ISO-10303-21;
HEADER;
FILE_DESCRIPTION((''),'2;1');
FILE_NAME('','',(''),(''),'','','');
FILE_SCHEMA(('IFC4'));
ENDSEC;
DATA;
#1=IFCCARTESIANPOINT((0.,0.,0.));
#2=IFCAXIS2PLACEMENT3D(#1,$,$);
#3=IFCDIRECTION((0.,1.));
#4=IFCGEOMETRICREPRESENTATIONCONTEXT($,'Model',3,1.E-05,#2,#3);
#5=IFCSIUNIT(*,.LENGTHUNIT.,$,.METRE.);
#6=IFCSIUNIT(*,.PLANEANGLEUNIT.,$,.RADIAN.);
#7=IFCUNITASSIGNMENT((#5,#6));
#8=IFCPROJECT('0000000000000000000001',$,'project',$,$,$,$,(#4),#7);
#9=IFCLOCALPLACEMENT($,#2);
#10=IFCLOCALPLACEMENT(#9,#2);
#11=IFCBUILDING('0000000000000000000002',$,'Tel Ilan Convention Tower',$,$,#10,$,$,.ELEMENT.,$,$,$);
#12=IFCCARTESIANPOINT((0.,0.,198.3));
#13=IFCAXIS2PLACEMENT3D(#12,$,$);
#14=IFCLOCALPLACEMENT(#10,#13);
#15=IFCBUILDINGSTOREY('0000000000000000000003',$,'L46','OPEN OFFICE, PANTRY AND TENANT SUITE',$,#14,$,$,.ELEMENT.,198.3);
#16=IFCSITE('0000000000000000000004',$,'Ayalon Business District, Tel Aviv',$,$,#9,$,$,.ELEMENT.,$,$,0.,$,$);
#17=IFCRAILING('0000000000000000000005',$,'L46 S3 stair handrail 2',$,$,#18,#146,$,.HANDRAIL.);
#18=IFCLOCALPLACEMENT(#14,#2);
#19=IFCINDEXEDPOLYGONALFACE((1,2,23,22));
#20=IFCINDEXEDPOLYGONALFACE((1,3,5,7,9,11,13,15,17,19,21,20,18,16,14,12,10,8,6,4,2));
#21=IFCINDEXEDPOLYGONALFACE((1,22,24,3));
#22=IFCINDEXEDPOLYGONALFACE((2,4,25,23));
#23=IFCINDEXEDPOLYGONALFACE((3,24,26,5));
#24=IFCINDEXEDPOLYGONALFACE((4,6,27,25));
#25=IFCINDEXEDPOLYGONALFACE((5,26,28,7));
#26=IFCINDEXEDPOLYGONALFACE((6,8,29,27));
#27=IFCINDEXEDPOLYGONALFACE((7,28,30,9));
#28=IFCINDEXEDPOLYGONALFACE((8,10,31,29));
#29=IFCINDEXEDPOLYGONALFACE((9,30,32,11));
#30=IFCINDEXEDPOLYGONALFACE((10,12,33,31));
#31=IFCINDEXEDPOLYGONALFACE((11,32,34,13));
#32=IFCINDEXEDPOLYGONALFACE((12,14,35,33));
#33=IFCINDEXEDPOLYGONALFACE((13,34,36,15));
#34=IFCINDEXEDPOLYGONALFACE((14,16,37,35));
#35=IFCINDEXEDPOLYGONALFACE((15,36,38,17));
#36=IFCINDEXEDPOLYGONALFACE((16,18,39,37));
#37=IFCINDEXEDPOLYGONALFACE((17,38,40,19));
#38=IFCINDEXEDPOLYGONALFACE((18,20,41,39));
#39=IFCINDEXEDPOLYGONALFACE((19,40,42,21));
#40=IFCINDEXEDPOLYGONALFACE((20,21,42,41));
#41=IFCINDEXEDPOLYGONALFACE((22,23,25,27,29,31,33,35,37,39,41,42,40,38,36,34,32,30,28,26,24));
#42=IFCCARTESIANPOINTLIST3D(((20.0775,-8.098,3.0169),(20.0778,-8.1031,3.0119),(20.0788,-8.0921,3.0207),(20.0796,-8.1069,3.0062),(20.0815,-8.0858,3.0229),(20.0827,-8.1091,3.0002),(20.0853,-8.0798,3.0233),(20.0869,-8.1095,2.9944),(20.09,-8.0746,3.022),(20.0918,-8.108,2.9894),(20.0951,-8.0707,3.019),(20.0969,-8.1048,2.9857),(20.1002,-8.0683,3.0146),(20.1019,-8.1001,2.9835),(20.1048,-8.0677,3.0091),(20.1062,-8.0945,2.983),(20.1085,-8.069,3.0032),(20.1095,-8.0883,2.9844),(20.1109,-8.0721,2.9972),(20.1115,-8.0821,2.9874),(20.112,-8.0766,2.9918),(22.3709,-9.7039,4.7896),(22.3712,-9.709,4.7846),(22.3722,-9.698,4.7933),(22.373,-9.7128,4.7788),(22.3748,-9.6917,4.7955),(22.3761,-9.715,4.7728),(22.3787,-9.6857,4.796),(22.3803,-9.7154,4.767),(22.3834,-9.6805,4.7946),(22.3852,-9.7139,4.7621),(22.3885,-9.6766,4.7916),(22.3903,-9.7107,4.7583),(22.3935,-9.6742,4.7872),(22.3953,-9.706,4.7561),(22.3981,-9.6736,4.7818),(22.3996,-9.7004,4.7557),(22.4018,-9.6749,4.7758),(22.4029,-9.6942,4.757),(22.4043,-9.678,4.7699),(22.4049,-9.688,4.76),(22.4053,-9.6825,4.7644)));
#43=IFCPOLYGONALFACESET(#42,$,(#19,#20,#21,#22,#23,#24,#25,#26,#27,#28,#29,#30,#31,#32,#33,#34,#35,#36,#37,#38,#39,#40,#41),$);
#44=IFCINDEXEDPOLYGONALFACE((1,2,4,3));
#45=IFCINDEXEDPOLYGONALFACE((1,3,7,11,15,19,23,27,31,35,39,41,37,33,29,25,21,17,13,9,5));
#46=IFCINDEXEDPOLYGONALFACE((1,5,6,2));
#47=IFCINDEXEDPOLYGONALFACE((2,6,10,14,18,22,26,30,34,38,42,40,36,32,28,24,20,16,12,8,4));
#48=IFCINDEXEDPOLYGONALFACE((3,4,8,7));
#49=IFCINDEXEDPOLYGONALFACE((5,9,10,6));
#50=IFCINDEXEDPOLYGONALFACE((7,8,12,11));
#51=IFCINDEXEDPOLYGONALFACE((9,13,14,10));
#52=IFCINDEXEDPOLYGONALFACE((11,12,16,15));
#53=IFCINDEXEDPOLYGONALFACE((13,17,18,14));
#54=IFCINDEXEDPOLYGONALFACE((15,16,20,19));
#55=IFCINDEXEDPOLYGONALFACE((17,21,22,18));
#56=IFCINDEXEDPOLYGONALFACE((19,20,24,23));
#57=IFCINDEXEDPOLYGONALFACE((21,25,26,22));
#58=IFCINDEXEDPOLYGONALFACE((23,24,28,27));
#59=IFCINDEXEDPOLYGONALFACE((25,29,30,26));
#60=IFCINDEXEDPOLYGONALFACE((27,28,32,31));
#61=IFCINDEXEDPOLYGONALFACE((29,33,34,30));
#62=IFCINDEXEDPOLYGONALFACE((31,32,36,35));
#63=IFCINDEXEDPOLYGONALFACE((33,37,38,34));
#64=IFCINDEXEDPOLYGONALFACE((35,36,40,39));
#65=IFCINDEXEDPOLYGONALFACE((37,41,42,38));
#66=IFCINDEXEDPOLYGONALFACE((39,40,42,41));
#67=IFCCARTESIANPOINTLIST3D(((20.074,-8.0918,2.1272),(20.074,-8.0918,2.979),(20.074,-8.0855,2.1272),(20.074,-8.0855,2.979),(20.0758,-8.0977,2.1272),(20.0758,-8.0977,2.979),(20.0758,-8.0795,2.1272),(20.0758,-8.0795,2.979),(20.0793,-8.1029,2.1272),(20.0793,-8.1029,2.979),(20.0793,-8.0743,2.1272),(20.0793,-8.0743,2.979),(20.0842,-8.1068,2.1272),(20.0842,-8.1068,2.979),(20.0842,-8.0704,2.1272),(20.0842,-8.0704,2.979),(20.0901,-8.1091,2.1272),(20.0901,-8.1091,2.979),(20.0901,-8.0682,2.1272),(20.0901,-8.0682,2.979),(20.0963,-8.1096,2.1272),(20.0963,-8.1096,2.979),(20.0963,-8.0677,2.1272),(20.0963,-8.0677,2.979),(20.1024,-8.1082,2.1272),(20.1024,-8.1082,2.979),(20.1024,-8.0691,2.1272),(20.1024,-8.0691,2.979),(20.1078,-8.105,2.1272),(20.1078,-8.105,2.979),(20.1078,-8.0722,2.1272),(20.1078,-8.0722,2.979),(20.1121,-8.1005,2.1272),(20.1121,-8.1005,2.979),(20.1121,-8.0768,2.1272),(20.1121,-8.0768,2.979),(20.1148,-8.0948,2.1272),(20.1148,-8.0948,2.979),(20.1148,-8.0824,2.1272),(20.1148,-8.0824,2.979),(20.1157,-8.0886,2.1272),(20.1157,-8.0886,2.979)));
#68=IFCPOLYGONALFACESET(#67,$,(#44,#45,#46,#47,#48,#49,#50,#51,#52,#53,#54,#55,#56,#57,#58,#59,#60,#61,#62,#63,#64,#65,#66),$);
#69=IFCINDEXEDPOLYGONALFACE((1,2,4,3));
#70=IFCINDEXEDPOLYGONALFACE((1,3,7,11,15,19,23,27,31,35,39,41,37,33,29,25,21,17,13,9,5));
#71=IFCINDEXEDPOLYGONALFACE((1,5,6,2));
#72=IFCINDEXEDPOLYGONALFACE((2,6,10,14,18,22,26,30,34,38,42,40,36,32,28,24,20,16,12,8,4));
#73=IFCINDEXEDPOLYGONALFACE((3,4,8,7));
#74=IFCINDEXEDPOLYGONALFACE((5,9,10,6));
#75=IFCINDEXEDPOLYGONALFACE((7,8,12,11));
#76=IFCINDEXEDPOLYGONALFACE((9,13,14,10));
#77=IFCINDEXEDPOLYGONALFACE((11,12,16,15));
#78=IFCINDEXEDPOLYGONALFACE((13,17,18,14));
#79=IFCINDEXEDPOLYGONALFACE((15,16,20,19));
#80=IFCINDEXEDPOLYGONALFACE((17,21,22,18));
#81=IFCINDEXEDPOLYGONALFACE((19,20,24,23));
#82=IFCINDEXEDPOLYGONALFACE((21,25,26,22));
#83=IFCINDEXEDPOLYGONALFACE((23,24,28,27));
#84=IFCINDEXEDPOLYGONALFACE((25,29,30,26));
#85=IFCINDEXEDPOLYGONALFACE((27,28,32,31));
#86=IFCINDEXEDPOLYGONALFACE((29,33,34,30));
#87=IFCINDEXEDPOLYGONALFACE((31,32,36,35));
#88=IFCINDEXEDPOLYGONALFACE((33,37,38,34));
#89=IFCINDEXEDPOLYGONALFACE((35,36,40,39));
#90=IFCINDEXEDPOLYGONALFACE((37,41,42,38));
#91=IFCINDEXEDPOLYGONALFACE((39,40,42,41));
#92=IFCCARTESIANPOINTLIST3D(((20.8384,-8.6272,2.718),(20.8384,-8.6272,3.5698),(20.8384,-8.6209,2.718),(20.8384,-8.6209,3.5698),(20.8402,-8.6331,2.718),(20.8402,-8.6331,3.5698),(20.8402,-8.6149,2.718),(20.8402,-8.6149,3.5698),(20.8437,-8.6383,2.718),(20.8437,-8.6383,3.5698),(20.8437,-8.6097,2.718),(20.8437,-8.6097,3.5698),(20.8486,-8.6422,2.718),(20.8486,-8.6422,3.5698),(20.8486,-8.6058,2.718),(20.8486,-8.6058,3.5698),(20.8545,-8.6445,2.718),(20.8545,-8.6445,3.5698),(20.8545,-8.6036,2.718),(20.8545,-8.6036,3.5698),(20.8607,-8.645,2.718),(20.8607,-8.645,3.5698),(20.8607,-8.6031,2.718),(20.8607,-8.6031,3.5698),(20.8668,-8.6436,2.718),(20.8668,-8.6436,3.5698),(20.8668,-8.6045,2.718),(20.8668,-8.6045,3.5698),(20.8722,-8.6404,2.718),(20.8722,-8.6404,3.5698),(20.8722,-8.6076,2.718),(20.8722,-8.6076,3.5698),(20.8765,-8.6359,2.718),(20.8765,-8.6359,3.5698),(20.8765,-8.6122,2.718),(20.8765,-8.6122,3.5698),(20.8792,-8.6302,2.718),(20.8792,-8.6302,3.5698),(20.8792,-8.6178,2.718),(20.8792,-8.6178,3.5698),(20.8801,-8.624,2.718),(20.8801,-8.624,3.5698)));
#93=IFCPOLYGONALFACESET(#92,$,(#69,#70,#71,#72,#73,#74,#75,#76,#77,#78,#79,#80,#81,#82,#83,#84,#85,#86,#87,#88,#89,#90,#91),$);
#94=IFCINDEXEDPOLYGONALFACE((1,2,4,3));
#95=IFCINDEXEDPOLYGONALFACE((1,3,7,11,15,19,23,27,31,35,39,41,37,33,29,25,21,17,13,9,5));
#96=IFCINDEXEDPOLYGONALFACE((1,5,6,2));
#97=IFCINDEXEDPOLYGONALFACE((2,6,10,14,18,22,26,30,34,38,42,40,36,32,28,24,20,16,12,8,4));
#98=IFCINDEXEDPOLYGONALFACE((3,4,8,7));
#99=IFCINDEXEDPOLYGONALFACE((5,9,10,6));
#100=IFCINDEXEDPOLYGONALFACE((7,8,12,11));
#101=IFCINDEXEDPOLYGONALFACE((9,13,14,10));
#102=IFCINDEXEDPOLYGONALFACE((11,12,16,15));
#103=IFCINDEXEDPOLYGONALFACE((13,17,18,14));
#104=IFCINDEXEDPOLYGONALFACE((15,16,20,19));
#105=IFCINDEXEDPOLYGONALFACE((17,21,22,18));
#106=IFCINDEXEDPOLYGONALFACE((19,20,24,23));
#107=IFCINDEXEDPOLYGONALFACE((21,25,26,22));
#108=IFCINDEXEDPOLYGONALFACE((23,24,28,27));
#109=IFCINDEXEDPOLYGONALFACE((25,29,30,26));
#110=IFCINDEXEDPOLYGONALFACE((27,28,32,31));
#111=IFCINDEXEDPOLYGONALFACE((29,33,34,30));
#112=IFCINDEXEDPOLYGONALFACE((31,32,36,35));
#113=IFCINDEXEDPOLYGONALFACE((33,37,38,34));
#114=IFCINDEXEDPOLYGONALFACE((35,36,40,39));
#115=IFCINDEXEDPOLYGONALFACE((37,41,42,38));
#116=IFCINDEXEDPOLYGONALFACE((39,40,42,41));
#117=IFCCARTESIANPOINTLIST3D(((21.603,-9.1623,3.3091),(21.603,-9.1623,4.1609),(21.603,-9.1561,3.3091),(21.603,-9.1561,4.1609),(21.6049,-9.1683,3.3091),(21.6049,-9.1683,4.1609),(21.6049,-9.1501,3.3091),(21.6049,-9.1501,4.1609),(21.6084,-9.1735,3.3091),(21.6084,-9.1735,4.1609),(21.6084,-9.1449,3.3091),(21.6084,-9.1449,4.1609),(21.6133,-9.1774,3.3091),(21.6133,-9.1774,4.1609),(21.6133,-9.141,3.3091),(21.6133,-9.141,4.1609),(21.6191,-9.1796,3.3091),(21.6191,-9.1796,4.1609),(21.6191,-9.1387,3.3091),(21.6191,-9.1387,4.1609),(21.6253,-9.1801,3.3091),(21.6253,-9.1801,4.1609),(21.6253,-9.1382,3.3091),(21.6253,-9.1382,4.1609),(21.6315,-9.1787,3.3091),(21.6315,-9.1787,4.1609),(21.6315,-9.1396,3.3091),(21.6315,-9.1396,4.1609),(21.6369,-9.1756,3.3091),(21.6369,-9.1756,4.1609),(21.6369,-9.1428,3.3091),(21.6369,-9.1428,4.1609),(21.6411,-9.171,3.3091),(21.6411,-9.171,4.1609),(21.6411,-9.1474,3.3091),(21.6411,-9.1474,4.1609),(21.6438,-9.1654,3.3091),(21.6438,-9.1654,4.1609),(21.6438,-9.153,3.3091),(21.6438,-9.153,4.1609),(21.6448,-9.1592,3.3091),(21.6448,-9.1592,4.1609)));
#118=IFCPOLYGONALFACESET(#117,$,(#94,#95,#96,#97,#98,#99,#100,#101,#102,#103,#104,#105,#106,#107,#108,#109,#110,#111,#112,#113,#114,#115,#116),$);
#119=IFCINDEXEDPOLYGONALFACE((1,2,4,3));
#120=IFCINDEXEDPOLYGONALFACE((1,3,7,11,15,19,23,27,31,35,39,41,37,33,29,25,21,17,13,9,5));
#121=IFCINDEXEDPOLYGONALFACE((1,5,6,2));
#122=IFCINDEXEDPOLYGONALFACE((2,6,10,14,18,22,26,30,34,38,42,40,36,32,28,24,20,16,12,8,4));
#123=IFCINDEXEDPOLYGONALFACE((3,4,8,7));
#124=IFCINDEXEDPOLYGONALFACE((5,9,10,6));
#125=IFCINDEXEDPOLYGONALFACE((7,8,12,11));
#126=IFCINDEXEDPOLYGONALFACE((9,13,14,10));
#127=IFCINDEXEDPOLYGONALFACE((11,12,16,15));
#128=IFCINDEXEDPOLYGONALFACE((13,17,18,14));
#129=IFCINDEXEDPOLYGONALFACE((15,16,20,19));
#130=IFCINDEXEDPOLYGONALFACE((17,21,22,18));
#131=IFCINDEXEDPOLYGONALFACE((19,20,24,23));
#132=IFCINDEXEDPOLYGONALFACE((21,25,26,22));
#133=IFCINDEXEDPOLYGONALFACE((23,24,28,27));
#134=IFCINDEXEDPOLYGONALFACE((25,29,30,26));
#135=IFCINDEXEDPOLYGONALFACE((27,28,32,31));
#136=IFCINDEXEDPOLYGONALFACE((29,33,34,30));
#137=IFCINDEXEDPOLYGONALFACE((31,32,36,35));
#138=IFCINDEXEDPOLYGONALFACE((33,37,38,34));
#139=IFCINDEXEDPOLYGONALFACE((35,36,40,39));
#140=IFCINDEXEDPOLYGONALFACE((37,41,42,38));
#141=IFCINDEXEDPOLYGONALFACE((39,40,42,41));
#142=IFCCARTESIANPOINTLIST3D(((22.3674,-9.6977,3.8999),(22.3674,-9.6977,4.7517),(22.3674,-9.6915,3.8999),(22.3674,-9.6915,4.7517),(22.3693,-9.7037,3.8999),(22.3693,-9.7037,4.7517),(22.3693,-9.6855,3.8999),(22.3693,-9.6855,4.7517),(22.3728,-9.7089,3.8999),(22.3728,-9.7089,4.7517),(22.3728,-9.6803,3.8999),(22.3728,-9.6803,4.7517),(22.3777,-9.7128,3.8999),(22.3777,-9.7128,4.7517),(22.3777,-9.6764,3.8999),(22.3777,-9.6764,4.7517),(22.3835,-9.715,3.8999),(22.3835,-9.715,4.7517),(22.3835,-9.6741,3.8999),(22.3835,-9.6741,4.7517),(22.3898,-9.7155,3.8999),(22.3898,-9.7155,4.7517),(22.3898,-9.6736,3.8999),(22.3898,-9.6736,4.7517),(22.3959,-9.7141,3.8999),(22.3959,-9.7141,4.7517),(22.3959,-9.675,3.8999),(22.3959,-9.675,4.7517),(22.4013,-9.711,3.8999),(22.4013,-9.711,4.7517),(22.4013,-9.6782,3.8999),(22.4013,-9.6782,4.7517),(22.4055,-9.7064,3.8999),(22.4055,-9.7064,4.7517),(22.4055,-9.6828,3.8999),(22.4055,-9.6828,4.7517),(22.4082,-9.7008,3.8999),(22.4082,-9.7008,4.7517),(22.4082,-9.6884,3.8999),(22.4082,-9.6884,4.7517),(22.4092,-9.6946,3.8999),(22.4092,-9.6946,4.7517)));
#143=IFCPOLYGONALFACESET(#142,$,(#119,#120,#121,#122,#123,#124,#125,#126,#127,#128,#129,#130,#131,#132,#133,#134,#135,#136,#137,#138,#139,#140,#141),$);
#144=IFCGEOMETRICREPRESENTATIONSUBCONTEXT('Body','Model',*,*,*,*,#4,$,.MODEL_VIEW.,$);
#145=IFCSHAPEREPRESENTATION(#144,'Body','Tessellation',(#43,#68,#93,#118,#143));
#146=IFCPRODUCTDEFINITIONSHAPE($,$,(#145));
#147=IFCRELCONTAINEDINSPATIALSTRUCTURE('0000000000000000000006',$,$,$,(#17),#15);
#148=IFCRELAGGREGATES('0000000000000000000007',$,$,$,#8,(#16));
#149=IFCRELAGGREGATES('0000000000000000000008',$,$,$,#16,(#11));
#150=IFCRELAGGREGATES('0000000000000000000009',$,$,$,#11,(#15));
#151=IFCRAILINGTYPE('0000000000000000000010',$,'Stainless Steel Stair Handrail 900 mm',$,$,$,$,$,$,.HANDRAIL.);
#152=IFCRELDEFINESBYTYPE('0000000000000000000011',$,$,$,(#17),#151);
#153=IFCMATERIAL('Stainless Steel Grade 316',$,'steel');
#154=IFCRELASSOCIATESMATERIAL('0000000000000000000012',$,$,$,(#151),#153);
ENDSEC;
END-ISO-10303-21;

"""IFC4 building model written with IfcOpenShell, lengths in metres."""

from ifc_helpers import new_model, si_unit, direction, frame, origin, origin_2d, place, context, subcontext, project, spatial, circle, extrude, material, type_object, element, save


model = new_model("IFC4")

# Units and contexts
model_context = context("Model", 3, precision=1e-05, world=origin(), true_north=direction((0.0, 1.0)))
body_context = subcontext(model_context, "Body", "Model", "MODEL_VIEW")
ifc_project = project(units=[si_unit("LENGTHUNIT", "METRE"), si_unit("PLANEANGLEUNIT", "RADIAN")], contexts=[model_context])

# Site, building, storey
site_placement = place(None, origin())
site = spatial("IfcSite", under=ifc_project, at=site_placement, Name="Ayalon Business District, Tel Aviv", CompositionType="ELEMENT", RefElevation=0.0)
building_placement = place(site_placement, origin())
building = spatial("IfcBuilding", under=site, at=building_placement, Name="Tel Ilan Convention Tower", CompositionType="ELEMENT")
storey_placement = place(building_placement, frame((0.0, 0.0, 198.3)))
storey = spatial("IfcBuildingStorey", under=building, at=storey_placement, Name="L46", Description="OPEN OFFICE, PANTRY AND TENANT SUITE", CompositionType="ELEMENT", Elevation=198.3)

# Railing
ifc_material_1 = material(Name="Stainless Steel Grade 316", Category="steel")
railing_type_1 = type_object("IfcRailingType", Name="Stainless Steel Stair Handrail 900 mm", PredefinedType="HANDRAIL", material=ifc_material_1)
railing_1_placement = place(storey_placement, frame((20.0947, -8.0886, 2.1272)))
element("IfcRailing", 1, at=railing_1_placement, inside=storey, type_object=railing_type_1, Name="L46 S3 stair handrail 2", PredefinedType="HANDRAIL", context=body_context, shape_type="SweptSolid", body=[
    extrude(circle(Radius=0.0239, at=origin_2d()), frame((0.0, 0.0, 0.876), z_axis=(0.692085, -0.484621, 0.53494), x_axis=(0.573591, 0.819142, 0.0)), (0.0, 0.0, 1.0), 3.3137),
    extrude(circle(Radius=0.021, at=origin_2d()), origin(), (0.0, 0.0, 1.0), 0.8518),
    extrude(circle(Radius=0.021, at=origin_2d()), frame((0.7644, -0.5354, 0.5908)), (0.0, 0.0, 1.0), 0.8518),
    extrude(circle(Radius=0.021, at=origin_2d()), frame((1.5291, -1.0706, 1.1819)), (0.0, 0.0, 1.0), 0.8518),
    extrude(circle(Radius=0.021, at=origin_2d()), frame((2.2935, -1.606, 1.7727)), (0.0, 0.0, 1.0), 0.8518),
])

save(model, "model.ifc")
